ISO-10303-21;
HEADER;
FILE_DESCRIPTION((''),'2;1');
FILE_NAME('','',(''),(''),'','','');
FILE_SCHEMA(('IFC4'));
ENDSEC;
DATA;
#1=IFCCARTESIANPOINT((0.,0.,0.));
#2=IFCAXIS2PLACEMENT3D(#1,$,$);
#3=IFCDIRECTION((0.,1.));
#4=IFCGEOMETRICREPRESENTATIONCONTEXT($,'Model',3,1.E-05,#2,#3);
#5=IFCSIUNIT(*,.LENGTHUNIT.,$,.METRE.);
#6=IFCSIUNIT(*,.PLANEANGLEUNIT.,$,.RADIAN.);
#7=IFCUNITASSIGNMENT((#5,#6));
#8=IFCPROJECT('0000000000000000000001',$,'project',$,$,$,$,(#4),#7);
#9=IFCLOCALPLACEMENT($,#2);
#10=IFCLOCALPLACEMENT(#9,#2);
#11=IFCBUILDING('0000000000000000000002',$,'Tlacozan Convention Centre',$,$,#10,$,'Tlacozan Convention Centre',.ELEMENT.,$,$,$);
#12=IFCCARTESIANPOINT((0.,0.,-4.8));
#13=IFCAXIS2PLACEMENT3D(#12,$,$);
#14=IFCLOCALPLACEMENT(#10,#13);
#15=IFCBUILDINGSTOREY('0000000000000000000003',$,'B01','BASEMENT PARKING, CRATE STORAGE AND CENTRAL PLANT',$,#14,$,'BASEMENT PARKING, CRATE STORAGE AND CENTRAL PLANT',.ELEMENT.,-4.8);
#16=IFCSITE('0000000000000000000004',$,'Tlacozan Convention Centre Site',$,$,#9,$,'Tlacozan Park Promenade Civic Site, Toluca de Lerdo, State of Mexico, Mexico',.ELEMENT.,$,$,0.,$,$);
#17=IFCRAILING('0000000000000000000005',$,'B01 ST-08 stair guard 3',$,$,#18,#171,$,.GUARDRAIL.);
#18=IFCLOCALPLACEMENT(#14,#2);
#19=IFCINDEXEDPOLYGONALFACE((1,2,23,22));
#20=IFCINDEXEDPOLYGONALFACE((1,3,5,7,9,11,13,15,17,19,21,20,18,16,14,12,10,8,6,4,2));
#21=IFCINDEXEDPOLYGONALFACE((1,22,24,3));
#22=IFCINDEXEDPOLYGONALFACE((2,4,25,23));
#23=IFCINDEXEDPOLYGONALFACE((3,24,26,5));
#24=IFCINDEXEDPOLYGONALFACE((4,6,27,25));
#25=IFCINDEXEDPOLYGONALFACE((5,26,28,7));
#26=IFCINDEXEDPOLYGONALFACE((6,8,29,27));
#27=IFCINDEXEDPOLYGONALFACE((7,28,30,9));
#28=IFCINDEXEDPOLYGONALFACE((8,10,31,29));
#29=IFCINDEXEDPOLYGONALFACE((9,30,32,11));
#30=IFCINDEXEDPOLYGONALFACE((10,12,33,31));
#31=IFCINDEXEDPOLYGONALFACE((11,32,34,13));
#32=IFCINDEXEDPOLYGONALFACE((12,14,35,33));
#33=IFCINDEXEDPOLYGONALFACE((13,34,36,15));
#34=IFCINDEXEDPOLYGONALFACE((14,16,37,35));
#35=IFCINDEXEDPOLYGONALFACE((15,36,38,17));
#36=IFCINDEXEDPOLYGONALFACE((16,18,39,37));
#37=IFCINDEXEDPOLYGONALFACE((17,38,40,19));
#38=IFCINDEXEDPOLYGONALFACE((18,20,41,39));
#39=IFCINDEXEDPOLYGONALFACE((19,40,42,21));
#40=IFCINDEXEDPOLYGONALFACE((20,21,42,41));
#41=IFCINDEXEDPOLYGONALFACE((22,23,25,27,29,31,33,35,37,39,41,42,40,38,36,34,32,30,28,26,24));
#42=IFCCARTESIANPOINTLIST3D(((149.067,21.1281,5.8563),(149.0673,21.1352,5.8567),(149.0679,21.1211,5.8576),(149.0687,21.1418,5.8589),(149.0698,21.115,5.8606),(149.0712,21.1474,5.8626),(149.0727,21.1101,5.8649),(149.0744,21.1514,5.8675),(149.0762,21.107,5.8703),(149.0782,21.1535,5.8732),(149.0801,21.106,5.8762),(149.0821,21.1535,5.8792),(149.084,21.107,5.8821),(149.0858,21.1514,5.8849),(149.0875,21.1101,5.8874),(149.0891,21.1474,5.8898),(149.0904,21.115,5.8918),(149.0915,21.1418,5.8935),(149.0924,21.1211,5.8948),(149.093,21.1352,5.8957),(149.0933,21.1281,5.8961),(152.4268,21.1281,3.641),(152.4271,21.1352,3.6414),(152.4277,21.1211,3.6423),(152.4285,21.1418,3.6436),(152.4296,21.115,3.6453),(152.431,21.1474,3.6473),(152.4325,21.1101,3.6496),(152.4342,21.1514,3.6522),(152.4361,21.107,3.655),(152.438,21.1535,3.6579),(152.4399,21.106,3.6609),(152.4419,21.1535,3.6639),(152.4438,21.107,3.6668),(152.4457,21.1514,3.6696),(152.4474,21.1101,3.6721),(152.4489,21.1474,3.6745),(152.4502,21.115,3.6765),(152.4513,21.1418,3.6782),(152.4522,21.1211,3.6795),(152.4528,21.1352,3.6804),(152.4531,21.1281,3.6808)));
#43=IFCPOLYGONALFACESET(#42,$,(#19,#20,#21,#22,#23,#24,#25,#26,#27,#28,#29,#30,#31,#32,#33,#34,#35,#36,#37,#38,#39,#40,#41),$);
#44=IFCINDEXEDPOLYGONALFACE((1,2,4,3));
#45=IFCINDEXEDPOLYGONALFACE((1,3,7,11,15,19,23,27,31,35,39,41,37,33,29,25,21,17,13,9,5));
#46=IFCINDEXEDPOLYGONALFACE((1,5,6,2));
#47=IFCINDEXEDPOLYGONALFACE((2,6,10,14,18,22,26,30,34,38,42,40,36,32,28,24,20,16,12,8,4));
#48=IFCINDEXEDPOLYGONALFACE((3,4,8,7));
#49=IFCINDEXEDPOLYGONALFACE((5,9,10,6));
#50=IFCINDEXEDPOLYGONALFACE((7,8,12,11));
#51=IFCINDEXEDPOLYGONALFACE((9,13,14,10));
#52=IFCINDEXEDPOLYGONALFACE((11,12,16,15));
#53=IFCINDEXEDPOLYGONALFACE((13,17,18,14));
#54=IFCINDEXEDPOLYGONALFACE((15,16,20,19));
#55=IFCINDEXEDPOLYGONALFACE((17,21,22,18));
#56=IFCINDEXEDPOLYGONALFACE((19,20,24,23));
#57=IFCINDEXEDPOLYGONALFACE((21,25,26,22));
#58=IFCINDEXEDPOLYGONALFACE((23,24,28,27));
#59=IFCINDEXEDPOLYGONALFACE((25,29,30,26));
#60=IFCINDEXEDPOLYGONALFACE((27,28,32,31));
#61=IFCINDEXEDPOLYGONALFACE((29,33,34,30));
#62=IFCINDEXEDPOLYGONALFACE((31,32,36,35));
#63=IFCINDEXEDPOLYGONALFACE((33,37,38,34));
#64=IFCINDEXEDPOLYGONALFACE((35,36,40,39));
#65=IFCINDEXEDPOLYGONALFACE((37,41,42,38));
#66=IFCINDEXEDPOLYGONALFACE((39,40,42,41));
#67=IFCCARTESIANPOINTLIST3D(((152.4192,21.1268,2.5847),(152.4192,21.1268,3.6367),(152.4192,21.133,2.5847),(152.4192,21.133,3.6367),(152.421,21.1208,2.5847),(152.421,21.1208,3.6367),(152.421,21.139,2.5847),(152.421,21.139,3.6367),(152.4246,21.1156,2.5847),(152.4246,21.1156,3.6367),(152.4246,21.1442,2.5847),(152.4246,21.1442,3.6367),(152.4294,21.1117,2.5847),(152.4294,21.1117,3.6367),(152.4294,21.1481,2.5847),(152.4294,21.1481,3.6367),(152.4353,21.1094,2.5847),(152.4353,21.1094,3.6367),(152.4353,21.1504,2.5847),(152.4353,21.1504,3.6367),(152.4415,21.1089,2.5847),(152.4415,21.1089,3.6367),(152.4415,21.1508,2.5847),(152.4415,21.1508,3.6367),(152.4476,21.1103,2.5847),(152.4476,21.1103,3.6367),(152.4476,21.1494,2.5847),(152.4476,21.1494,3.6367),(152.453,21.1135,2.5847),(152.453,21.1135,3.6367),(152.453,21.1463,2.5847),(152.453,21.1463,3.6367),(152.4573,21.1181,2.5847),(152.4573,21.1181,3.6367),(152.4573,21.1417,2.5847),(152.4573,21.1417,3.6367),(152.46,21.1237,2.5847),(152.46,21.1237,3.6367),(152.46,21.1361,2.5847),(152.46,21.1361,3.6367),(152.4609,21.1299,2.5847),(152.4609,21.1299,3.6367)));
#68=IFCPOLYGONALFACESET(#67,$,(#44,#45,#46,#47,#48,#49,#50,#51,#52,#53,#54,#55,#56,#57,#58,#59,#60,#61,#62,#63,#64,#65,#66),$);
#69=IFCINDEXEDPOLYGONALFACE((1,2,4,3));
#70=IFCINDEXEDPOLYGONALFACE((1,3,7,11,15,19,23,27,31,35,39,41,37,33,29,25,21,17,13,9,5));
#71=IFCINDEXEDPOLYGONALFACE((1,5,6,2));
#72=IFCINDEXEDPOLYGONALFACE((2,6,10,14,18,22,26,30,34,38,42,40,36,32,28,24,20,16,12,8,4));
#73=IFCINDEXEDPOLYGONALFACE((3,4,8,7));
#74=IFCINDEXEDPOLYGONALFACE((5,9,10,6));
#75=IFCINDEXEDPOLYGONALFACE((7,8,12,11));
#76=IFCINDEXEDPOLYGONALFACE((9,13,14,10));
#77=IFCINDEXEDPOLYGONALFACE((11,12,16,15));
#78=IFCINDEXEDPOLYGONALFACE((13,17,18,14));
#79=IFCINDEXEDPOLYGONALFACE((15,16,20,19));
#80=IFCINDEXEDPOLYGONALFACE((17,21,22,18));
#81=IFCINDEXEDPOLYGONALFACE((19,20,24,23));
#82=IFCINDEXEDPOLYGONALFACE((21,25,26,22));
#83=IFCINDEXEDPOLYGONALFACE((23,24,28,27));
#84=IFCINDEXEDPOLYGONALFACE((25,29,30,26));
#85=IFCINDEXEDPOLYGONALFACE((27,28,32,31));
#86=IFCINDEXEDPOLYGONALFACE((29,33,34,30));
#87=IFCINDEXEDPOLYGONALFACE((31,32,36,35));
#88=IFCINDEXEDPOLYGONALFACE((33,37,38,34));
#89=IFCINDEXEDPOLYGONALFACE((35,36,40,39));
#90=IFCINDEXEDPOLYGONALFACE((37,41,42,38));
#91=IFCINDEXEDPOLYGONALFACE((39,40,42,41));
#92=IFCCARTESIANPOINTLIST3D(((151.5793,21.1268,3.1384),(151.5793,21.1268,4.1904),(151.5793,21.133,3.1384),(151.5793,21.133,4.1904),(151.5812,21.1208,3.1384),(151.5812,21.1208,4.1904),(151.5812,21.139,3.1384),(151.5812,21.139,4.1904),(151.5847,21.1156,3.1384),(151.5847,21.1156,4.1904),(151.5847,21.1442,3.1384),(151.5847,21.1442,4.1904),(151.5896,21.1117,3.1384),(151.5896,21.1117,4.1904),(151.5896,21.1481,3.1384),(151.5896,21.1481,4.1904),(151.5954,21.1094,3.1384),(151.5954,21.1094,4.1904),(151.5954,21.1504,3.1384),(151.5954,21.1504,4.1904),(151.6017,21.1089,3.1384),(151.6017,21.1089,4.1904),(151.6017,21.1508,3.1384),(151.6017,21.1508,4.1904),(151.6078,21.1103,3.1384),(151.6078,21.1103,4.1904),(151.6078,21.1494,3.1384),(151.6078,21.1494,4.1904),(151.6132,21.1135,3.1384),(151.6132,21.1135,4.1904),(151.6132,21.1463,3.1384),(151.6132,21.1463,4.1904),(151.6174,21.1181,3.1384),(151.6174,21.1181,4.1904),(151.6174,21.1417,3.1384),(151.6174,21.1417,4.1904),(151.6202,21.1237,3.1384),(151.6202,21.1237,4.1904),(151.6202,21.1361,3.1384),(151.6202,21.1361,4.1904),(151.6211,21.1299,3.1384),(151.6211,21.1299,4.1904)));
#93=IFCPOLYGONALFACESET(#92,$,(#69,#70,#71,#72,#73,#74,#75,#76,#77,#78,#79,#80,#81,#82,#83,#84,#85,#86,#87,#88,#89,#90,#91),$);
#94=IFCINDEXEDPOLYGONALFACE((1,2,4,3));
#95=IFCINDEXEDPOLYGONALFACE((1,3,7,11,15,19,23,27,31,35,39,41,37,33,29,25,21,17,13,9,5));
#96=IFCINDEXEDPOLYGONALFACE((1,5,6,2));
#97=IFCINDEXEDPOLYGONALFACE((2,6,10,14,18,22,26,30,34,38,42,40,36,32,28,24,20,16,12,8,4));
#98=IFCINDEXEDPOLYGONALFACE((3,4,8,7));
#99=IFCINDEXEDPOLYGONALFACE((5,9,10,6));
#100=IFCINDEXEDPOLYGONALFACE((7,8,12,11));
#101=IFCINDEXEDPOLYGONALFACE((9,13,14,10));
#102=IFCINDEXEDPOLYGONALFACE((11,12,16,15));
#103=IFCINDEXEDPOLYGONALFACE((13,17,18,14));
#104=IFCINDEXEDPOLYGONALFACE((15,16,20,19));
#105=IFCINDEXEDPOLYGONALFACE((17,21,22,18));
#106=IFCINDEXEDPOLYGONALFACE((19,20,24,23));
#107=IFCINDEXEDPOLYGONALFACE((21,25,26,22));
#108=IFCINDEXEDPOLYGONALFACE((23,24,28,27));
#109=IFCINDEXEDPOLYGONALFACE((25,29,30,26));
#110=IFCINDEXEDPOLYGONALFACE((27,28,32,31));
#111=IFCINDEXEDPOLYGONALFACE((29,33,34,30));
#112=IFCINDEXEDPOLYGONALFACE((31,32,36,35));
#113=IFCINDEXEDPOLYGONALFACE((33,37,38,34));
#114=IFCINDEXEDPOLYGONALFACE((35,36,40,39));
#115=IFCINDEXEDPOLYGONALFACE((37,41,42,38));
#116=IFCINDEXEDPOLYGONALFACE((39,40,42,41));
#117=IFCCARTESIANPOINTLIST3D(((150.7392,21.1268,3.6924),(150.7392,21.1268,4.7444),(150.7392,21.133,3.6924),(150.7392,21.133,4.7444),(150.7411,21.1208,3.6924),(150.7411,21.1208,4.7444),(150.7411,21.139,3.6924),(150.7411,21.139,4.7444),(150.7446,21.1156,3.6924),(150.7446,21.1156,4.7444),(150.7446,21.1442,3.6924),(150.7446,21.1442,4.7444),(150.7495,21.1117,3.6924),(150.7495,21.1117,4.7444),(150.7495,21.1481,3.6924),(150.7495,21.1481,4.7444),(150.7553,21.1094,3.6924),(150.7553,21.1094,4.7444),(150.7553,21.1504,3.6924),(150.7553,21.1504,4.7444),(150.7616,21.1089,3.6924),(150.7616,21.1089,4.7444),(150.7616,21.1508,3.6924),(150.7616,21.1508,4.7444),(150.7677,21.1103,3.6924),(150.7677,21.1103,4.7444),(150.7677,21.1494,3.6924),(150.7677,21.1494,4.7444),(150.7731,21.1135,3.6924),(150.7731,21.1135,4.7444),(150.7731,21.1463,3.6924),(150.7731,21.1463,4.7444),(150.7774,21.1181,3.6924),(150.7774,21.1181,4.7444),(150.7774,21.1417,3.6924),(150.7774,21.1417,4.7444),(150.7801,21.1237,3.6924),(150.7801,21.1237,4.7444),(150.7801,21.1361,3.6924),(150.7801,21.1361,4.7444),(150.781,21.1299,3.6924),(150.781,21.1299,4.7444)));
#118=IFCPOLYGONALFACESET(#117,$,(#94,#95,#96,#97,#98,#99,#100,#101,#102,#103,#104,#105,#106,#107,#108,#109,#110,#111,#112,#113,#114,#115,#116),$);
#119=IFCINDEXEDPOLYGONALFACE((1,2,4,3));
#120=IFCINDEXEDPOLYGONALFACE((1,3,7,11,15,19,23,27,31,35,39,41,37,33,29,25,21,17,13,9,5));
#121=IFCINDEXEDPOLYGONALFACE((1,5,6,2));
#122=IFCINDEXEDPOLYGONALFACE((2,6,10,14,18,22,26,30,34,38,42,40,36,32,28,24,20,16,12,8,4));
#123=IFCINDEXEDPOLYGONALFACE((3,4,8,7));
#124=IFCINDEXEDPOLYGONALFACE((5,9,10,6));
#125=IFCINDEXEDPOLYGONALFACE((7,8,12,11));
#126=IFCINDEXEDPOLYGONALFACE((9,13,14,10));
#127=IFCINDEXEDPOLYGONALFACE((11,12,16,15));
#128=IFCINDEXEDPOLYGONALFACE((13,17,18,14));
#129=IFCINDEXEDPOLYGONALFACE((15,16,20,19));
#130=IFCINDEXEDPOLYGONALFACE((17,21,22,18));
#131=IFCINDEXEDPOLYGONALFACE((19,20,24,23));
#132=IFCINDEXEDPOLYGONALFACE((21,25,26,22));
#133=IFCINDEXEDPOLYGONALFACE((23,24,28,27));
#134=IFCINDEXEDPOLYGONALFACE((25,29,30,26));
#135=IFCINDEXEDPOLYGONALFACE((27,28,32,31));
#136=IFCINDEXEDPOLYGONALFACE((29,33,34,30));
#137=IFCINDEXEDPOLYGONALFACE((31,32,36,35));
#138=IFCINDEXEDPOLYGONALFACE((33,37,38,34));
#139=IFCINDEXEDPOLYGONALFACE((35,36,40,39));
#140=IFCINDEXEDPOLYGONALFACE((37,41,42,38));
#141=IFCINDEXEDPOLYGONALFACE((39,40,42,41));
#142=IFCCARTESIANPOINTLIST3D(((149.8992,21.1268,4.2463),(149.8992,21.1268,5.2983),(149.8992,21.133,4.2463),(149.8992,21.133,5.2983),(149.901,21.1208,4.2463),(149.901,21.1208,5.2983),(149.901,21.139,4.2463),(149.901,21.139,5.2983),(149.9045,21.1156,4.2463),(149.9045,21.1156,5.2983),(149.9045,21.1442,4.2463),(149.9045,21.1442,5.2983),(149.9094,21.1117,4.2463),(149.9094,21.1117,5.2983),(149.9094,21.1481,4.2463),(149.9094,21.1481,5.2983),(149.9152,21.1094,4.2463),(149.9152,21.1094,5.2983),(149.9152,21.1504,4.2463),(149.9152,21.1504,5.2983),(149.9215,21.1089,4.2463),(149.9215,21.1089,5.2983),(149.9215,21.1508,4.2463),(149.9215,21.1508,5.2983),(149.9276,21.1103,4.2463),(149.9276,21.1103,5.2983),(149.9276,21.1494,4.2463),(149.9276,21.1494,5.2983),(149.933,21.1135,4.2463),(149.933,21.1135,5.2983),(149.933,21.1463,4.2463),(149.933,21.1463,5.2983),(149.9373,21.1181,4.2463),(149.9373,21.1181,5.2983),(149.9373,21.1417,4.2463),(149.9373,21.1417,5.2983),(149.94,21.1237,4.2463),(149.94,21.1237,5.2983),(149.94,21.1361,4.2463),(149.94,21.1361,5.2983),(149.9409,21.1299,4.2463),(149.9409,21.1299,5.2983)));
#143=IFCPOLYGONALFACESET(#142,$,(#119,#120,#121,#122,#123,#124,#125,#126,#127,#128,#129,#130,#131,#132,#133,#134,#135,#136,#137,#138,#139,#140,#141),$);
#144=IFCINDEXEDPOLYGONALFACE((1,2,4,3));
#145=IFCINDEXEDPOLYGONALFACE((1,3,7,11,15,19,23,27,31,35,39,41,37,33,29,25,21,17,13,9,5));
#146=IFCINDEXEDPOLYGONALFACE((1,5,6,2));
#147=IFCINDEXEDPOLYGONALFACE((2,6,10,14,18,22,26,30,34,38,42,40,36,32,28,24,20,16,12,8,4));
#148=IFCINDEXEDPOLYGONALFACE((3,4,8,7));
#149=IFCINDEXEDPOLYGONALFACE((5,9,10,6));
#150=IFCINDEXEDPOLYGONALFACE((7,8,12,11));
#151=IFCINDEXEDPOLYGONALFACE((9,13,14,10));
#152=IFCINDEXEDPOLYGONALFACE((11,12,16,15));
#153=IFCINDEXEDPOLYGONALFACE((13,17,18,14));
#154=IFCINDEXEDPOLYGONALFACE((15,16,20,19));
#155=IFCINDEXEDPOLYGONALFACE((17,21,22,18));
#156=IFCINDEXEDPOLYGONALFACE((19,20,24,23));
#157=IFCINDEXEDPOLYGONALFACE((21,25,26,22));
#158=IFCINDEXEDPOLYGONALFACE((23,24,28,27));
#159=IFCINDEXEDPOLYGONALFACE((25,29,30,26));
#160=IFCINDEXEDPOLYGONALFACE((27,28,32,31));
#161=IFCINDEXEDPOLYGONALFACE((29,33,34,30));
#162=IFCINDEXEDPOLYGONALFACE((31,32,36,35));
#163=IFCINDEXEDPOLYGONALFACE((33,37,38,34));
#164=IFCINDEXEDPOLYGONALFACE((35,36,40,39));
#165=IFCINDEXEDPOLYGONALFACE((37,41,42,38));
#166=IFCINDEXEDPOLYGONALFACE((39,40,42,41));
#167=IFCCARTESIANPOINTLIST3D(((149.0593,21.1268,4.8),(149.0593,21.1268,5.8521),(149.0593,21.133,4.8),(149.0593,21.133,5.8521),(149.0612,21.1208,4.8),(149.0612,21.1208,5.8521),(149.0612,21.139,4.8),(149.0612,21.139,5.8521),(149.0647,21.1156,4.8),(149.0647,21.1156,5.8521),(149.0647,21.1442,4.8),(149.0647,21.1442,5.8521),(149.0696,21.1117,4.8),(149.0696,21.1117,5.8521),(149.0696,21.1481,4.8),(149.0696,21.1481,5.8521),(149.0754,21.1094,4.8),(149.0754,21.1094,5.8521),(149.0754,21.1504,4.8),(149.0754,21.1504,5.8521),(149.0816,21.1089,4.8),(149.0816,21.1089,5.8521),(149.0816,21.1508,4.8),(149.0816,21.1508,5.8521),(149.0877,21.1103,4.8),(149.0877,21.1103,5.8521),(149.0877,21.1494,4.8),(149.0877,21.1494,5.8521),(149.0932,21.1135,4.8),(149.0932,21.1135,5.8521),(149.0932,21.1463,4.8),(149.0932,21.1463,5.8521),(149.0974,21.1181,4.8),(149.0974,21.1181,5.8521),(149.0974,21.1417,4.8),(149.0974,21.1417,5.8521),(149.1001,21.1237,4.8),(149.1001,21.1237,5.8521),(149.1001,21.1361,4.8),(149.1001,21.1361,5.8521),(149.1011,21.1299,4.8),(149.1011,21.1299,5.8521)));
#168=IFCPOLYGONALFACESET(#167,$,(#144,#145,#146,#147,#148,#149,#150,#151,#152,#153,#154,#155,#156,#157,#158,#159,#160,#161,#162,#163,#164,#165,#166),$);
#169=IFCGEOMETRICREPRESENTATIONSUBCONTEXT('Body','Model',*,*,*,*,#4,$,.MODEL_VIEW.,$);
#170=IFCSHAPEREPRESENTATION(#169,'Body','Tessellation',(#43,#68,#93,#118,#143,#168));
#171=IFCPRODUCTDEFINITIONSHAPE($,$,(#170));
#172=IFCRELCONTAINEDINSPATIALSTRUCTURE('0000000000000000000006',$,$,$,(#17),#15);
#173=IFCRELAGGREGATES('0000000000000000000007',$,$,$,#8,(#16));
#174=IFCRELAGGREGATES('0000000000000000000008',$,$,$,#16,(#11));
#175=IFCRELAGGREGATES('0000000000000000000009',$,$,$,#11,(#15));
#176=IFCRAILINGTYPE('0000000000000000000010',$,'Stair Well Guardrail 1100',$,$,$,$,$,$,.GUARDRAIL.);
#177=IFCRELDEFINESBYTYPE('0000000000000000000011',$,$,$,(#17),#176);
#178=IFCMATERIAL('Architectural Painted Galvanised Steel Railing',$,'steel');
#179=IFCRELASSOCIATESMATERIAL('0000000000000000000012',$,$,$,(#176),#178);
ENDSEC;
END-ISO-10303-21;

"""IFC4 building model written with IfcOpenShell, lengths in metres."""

from ifc_helpers import new_model, si_unit, direction, frame, origin, origin_2d, place, context, subcontext, project, spatial, circle, extrude, material, type_object, element, save


model = new_model("IFC4")

# Units and contexts
model_context = context("Model", 3, precision=1e-05, world=origin(), true_north=direction((0.0, 1.0)))
body_context = subcontext(model_context, "Body", "Model", "MODEL_VIEW")
ifc_project = project(units=[si_unit("LENGTHUNIT", "METRE"), si_unit("PLANEANGLEUNIT", "RADIAN")], contexts=[model_context])

# Site, building, storey
site_placement = place(None, origin())
site = spatial("IfcSite", under=ifc_project, at=site_placement, Name="Tlacozan Convention Centre Site", LongName="Tlacozan Park Promenade Civic Site, Toluca de Lerdo, State of Mexico, Mexico", CompositionType="ELEMENT", RefElevation=0.0)
building_placement = place(site_placement, origin())
building = spatial("IfcBuilding", under=site, at=building_placement, Name="Tlacozan Convention Centre", LongName="Tlacozan Convention Centre", CompositionType="ELEMENT")
storey_placement = place(building_placement, frame((0.0, 0.0, -4.8)))
storey = spatial("IfcBuildingStorey", under=building, at=storey_placement, Name="B01", Description="BASEMENT PARKING, CRATE STORAGE AND CENTRAL PLANT", LongName="BASEMENT PARKING, CRATE STORAGE AND CENTRAL PLANT", CompositionType="ELEMENT", Elevation=-4.8)

# Railing
ifc_material_1 = material(Name="Architectural Painted Galvanised Steel Railing", Category="steel")
railing_type_1 = type_object("IfcRailingType", Name="Stair Well Guardrail 1100", PredefinedType="GUARDRAIL", material=ifc_material_1)
railing_1_placement = place(storey_placement, frame((152.4399, 21.1299, 2.5847)))
element("IfcRailing", 1, at=railing_1_placement, inside=storey, type_object=railing_type_1, Name="B01 ST-08 stair guard 3", PredefinedType="GUARDRAIL", context=body_context, shape_type="SweptSolid", body=[
    extrude(circle(Radius=0.0239, at=origin_2d()), frame((0.0, 0.0, 1.0762), z_axis=(-0.834858, 0.0, 0.550465), x_axis=(0.0, -1.0, 0.0)), (0.0, 0.0, 1.0), 4.0244),
    extrude(circle(Radius=0.021, at=origin_2d()), origin(), (0.0, 0.0, 1.0), 1.052),
    extrude(circle(Radius=0.021, at=origin_2d()), frame((-0.8398, 0.0, 0.5537)), (0.0, 0.0, 1.0), 1.052),
    extrude(circle(Radius=0.021, at=origin_2d()), frame((-1.6799, 0.0, 1.1077)), (0.0, 0.0, 1.0), 1.052),
    extrude(circle(Radius=0.021, at=origin_2d()), frame((-2.52, 0.0, 1.6616)), (0.0, 0.0, 1.0), 1.052),
    extrude(circle(Radius=0.021, at=origin_2d()), frame((-3.3599, 0.0, 2.2153)), (0.0, 0.0, 1.0), 1.052),
])

save(model, "model.ifc")
